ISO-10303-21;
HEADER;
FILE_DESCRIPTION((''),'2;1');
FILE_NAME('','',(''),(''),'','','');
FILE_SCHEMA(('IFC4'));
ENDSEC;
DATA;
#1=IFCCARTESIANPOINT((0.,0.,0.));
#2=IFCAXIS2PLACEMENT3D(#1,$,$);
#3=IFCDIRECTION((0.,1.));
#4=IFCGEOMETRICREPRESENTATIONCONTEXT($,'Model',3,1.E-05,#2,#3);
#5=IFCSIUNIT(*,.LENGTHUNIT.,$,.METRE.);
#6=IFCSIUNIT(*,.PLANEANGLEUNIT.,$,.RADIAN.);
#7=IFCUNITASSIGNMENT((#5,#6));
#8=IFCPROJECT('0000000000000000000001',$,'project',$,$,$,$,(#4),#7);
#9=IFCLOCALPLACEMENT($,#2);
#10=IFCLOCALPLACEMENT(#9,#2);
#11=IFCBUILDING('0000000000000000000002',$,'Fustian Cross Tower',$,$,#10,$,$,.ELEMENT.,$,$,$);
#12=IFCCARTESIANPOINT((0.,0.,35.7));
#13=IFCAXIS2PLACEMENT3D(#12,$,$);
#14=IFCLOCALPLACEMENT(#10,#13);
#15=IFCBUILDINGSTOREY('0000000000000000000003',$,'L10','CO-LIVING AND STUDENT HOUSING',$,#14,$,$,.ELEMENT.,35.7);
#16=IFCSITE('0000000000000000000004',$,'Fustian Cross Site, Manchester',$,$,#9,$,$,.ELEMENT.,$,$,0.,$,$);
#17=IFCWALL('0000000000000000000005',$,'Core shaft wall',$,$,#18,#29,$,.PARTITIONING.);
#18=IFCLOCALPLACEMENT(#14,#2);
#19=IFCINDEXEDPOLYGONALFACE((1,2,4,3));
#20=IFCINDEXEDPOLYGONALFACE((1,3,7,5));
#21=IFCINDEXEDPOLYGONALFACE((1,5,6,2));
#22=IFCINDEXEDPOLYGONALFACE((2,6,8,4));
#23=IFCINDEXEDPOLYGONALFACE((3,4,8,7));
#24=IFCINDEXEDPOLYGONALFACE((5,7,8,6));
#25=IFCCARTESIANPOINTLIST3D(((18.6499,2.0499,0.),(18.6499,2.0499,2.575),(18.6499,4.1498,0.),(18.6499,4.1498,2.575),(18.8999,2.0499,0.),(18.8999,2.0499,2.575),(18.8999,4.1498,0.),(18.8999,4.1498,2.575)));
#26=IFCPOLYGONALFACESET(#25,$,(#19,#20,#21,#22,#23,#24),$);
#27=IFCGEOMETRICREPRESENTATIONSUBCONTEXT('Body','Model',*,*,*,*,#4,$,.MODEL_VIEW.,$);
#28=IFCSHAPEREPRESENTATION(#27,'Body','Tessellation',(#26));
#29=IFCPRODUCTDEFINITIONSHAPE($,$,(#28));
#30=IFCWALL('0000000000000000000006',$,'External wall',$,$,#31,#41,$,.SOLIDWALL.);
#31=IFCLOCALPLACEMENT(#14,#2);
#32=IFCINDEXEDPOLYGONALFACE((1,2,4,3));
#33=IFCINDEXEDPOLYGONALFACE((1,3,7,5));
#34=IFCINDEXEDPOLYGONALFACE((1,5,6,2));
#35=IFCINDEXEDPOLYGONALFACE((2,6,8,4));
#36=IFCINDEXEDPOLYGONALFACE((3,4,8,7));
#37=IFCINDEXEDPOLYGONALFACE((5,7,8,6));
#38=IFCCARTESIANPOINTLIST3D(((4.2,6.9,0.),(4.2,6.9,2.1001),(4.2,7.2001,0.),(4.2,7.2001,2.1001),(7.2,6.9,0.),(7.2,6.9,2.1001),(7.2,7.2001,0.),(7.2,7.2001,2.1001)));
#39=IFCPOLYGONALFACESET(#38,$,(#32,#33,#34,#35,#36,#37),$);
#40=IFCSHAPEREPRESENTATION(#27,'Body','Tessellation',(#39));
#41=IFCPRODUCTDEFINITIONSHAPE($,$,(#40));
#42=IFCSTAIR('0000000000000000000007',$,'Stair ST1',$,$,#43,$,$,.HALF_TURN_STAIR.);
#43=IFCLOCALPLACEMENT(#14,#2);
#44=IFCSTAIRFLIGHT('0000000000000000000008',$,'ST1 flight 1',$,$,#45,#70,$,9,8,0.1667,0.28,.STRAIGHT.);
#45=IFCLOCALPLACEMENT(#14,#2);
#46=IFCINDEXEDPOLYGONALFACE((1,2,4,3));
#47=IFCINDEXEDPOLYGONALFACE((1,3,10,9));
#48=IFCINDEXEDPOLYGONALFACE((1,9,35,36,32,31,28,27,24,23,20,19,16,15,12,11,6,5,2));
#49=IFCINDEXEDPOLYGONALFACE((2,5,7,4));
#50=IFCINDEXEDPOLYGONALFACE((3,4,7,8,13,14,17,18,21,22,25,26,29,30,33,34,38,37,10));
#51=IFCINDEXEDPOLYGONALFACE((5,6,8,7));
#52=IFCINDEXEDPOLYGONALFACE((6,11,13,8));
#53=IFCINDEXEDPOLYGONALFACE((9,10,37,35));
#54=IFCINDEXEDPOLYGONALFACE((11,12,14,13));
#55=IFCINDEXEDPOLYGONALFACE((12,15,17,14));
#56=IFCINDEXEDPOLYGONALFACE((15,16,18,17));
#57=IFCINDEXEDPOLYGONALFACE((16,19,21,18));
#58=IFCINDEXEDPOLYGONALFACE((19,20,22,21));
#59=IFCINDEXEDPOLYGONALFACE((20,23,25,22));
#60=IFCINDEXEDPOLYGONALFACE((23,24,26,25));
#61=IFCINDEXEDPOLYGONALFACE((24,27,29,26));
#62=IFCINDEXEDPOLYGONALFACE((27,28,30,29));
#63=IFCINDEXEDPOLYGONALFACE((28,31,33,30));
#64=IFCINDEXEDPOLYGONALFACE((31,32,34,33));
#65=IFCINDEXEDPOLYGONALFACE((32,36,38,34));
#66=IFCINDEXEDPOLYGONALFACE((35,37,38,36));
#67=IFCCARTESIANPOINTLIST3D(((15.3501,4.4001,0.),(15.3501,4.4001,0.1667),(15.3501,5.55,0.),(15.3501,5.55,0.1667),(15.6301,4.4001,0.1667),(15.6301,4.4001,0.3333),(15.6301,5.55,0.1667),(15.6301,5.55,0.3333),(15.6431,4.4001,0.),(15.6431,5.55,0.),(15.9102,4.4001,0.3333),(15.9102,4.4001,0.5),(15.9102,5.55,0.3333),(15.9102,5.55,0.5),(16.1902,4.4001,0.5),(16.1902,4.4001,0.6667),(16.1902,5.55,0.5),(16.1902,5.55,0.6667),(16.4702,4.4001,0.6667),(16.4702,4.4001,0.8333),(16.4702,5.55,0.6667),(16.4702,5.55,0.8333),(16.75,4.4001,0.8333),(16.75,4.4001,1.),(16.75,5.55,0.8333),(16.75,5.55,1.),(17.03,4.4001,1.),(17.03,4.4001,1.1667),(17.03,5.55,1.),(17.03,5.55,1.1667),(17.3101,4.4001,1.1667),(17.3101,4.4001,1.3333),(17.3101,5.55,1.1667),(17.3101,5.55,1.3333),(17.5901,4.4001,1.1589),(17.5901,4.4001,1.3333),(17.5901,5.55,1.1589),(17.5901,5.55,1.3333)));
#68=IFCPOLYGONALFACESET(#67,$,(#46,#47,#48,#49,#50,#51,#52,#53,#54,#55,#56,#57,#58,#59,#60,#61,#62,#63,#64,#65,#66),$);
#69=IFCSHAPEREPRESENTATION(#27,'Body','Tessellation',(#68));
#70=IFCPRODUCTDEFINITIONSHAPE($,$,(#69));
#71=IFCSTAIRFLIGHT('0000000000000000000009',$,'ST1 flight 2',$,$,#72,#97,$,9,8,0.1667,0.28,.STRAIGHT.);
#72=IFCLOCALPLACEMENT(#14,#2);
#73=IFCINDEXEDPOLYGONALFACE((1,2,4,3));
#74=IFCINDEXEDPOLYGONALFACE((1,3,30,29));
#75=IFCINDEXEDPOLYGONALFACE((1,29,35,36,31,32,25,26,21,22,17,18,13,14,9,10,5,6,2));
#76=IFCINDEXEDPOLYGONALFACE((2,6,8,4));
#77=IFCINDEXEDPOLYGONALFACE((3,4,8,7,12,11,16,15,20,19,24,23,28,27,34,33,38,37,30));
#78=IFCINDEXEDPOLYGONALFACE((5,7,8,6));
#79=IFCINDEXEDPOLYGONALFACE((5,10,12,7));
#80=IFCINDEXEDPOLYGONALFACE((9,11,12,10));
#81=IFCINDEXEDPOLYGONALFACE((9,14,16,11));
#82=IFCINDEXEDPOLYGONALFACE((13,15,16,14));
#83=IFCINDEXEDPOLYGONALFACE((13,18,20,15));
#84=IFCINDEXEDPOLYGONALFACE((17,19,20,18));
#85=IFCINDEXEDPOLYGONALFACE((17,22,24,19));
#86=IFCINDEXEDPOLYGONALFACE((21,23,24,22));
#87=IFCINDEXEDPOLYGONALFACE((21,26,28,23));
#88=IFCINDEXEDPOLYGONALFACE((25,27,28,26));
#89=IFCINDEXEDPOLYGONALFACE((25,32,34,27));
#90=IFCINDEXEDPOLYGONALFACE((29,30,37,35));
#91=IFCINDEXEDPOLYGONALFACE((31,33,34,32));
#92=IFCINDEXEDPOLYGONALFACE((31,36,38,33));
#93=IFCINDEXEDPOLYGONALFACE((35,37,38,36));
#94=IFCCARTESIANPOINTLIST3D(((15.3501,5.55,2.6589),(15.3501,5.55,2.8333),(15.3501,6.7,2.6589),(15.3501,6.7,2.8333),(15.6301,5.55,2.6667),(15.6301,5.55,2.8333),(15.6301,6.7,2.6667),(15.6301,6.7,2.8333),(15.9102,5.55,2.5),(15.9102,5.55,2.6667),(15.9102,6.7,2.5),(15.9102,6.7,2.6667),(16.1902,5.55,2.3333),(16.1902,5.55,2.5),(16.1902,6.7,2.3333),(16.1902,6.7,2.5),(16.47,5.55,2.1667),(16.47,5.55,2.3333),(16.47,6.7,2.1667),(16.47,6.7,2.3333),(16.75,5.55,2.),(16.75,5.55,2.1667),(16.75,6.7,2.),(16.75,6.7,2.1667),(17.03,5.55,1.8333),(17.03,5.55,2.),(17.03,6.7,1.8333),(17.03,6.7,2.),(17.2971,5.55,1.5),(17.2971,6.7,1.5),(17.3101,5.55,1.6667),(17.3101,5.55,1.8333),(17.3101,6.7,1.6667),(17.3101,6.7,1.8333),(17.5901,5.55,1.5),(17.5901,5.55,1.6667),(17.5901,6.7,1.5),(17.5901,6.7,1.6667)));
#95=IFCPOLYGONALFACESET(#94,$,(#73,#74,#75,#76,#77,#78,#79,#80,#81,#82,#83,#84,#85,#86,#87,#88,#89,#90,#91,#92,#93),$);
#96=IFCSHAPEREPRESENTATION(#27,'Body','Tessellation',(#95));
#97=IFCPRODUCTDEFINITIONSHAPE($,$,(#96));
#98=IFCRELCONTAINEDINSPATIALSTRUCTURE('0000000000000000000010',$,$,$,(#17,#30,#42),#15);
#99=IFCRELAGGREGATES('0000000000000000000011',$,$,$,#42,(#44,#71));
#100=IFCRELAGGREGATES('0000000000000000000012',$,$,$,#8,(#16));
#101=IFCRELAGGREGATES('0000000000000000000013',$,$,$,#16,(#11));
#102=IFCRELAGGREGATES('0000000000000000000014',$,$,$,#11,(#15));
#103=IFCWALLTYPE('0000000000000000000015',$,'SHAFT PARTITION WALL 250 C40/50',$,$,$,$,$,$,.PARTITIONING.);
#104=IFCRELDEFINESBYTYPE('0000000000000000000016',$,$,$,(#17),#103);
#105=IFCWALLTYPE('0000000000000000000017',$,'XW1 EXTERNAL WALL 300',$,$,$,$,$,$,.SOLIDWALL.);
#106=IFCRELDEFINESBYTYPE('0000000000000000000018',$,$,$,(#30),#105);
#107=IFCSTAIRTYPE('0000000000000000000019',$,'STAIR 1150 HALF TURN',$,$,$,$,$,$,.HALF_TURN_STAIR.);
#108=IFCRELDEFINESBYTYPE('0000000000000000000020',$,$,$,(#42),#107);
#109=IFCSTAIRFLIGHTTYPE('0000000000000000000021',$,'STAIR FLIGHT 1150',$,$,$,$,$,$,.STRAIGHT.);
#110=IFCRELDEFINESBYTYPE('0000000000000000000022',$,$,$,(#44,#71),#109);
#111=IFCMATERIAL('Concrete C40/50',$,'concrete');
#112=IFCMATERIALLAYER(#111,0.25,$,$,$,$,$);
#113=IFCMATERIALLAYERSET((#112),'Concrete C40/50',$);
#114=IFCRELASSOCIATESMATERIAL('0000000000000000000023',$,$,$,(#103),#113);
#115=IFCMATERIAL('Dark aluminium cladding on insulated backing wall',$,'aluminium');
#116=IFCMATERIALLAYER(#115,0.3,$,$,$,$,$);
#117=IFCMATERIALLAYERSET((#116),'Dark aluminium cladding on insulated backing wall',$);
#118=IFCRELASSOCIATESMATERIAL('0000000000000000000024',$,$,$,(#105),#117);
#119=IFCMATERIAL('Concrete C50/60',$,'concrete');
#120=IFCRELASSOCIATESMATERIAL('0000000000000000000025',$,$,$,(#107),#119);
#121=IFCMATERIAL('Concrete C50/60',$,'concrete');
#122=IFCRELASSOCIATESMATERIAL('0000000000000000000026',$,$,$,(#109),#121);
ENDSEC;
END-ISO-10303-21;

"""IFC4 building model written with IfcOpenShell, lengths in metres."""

from ifc_helpers import new_model, si_unit, direction, frame, frame_2d, origin, place, context, subcontext, project, spatial, polyline, rectangle, outline, extrude, material, layer, layer_set, type_object, element, aggregate, save


model = new_model("IFC4")

# Units and contexts
model_context = context("Model", 3, precision=1e-05, world=origin(), true_north=direction((0.0, 1.0)))
body_context = subcontext(model_context, "Body", "Model", "MODEL_VIEW")
ifc_project = project(units=[si_unit("LENGTHUNIT", "METRE"), si_unit("PLANEANGLEUNIT", "RADIAN")], contexts=[model_context])

# Site, building, storey
site_placement = place(None, origin())
site = spatial("IfcSite", under=ifc_project, at=site_placement, Name="Fustian Cross Site, Manchester", CompositionType="ELEMENT", RefElevation=0.0)
building_placement = place(site_placement, origin())
building = spatial("IfcBuilding", under=site, at=building_placement, Name="Fustian Cross Tower", CompositionType="ELEMENT")
storey_placement = place(building_placement, frame((0.0, 0.0, 35.7)))
storey = spatial("IfcBuildingStorey", under=building, at=storey_placement, Name="L10", Description="CO-LIVING AND STUDENT HOUSING", CompositionType="ELEMENT", Elevation=35.7)

# Walls
ifc_material_1 = material(Name="Concrete C40/50", Category="concrete")
ifc_layer_1 = layer(ifc_material_1, 0.25)
ifc_layer_set_1 = layer_set([ifc_layer_1], Name="Concrete C40/50")
wall_type_1 = type_object("IfcWallType", Name="SHAFT PARTITION WALL 250 C40/50", PredefinedType="PARTITIONING", material=ifc_layer_set_1)
wall_1_placement = place(storey_placement, frame((18.7749, 2.05, 0.0), z_axis=(0.0, 0.0, 1.0), x_axis=(0.0, 1.0, 0.0)))
element("IfcWall", 1, at=wall_1_placement, inside=storey, type_object=wall_type_1, Name="Core shaft wall", PredefinedType="PARTITIONING", context=body_context, shape_type="SweptSolid", body=[
    extrude(rectangle(XDim=2.0999, YDim=0.25, at=frame_2d((1.0498, 0.0))), origin(), (0.0, 0.0, 1.0), 2.575),
])
ifc_material_2 = material(Name="Dark aluminium cladding on insulated backing wall", Category="aluminium")
ifc_layer_2 = layer(ifc_material_2, 0.3)
ifc_layer_set_2 = layer_set([ifc_layer_2], Name="Dark aluminium cladding on insulated backing wall")
wall_type_2 = type_object("IfcWallType", Name="XW1 EXTERNAL WALL 300", PredefinedType="SOLIDWALL", material=ifc_layer_set_2)
wall_2_placement = place(storey_placement, frame((7.2, 7.05, 0.0), z_axis=(0.0, 0.0, 1.0), x_axis=(-1.0, 0.0, 0.0)))
element("IfcWall", 2, at=wall_2_placement, inside=storey, type_object=wall_type_2, Name="External wall", PredefinedType="SOLIDWALL", context=body_context, shape_type="SweptSolid", body=[
    extrude(rectangle(XDim=3.0, YDim=0.3, at=frame_2d((1.5, 0.0))), origin(), (0.0, 0.0, 1.0), 2.1001),
])

# Stair, stair flights
ifc_material_3 = material(Name="Concrete C50/60", Category="concrete")
stair_type = type_object("IfcStairType", Name="STAIR 1150 HALF TURN", PredefinedType="HALF_TURN_STAIR", material=ifc_material_3)
stair_placement = place(storey_placement, origin())
stair = element("IfcStair", 3, at=stair_placement, inside=storey, type_object=stair_type, Name="Stair ST1", PredefinedType="HALF_TURN_STAIR")
ifc_material_4 = material(Name="Concrete C50/60", Category="concrete")
stair_flight_type = type_object("IfcStairFlightType", Name="STAIR FLIGHT 1150", PredefinedType="STRAIGHT", material=ifc_material_4)
stair_flight_1_placement = place(storey_placement, frame((15.3501, 4.9751, 0.0), z_axis=(0.0, 0.0, 1.0), x_axis=(1.0, 0.0, 0.0)))
stair_flight_1 = element("IfcStairFlight", 4, at=stair_flight_1_placement, type_object=stair_flight_type, Name="ST1 flight 1", NumberOfRisers=9, NumberOfTreads=8, PredefinedType="STRAIGHT", RiserHeight=0.1667, TreadLength=0.28, context=body_context, shape_type="SweptSolid", body=[
    extrude(outline(polyline([(0.0, 0.0), (0.0, 0.1667), (0.28, 0.1667), (0.28, 0.3333), (0.5601, 0.3333), (0.5601, 0.5), (0.8401, 0.5), (0.8401, 0.6667), (1.1201, 0.6667), (1.1201, 0.8333), (1.3999, 0.8333), (1.3999, 1.0), (1.6799, 1.0), (1.6799, 1.1667), (1.96, 1.1667), (1.96, 1.3333), (2.24, 1.3333), (2.24, 1.5), (2.24, 1.1589), (0.293, 0.0), (0.0, 0.0)])), frame((0.0, 0.575, 0.0), z_axis=(0.0, -1.0, 0.0), x_axis=(1.0, 0.0, 0.0)), (0.0, 0.0, 1.0), 1.1499),
])
stair_flight_2_placement = place(storey_placement, frame((17.5901, 6.125, 1.5), z_axis=(0.0, 0.0, 1.0), x_axis=(-1.0, 0.0, 0.0)))
stair_flight_2 = element("IfcStairFlight", 5, at=stair_flight_2_placement, type_object=stair_flight_type, Name="ST1 flight 2", NumberOfRisers=9, NumberOfTreads=8, PredefinedType="STRAIGHT", RiserHeight=0.1667, TreadLength=0.28, context=body_context, shape_type="SweptSolid", body=[
    extrude(outline(polyline([(0.0, 0.0), (0.0, 0.1667), (0.28, 0.1667), (0.28, 0.3333), (0.5601, 0.3333), (0.5601, 0.5), (0.8401, 0.5), (0.8401, 0.6667), (1.1201, 0.6667), (1.1201, 0.8333), (1.3999, 0.8333), (1.3999, 1.0), (1.6799, 1.0), (1.6799, 1.1667), (1.96, 1.1667), (1.96, 1.3333), (2.24, 1.3333), (2.24, 1.5), (2.24, 1.1589), (0.293, 0.0), (0.0, 0.0)])), frame((0.0, 0.575, 0.0), z_axis=(0.0, -1.0, 0.0), x_axis=(1.0, 0.0, 0.0)), (0.0, 0.0, 1.0), 1.1499),
])
aggregate(stair, [stair_flight_1, stair_flight_2])

save(model, "model.ifc")
